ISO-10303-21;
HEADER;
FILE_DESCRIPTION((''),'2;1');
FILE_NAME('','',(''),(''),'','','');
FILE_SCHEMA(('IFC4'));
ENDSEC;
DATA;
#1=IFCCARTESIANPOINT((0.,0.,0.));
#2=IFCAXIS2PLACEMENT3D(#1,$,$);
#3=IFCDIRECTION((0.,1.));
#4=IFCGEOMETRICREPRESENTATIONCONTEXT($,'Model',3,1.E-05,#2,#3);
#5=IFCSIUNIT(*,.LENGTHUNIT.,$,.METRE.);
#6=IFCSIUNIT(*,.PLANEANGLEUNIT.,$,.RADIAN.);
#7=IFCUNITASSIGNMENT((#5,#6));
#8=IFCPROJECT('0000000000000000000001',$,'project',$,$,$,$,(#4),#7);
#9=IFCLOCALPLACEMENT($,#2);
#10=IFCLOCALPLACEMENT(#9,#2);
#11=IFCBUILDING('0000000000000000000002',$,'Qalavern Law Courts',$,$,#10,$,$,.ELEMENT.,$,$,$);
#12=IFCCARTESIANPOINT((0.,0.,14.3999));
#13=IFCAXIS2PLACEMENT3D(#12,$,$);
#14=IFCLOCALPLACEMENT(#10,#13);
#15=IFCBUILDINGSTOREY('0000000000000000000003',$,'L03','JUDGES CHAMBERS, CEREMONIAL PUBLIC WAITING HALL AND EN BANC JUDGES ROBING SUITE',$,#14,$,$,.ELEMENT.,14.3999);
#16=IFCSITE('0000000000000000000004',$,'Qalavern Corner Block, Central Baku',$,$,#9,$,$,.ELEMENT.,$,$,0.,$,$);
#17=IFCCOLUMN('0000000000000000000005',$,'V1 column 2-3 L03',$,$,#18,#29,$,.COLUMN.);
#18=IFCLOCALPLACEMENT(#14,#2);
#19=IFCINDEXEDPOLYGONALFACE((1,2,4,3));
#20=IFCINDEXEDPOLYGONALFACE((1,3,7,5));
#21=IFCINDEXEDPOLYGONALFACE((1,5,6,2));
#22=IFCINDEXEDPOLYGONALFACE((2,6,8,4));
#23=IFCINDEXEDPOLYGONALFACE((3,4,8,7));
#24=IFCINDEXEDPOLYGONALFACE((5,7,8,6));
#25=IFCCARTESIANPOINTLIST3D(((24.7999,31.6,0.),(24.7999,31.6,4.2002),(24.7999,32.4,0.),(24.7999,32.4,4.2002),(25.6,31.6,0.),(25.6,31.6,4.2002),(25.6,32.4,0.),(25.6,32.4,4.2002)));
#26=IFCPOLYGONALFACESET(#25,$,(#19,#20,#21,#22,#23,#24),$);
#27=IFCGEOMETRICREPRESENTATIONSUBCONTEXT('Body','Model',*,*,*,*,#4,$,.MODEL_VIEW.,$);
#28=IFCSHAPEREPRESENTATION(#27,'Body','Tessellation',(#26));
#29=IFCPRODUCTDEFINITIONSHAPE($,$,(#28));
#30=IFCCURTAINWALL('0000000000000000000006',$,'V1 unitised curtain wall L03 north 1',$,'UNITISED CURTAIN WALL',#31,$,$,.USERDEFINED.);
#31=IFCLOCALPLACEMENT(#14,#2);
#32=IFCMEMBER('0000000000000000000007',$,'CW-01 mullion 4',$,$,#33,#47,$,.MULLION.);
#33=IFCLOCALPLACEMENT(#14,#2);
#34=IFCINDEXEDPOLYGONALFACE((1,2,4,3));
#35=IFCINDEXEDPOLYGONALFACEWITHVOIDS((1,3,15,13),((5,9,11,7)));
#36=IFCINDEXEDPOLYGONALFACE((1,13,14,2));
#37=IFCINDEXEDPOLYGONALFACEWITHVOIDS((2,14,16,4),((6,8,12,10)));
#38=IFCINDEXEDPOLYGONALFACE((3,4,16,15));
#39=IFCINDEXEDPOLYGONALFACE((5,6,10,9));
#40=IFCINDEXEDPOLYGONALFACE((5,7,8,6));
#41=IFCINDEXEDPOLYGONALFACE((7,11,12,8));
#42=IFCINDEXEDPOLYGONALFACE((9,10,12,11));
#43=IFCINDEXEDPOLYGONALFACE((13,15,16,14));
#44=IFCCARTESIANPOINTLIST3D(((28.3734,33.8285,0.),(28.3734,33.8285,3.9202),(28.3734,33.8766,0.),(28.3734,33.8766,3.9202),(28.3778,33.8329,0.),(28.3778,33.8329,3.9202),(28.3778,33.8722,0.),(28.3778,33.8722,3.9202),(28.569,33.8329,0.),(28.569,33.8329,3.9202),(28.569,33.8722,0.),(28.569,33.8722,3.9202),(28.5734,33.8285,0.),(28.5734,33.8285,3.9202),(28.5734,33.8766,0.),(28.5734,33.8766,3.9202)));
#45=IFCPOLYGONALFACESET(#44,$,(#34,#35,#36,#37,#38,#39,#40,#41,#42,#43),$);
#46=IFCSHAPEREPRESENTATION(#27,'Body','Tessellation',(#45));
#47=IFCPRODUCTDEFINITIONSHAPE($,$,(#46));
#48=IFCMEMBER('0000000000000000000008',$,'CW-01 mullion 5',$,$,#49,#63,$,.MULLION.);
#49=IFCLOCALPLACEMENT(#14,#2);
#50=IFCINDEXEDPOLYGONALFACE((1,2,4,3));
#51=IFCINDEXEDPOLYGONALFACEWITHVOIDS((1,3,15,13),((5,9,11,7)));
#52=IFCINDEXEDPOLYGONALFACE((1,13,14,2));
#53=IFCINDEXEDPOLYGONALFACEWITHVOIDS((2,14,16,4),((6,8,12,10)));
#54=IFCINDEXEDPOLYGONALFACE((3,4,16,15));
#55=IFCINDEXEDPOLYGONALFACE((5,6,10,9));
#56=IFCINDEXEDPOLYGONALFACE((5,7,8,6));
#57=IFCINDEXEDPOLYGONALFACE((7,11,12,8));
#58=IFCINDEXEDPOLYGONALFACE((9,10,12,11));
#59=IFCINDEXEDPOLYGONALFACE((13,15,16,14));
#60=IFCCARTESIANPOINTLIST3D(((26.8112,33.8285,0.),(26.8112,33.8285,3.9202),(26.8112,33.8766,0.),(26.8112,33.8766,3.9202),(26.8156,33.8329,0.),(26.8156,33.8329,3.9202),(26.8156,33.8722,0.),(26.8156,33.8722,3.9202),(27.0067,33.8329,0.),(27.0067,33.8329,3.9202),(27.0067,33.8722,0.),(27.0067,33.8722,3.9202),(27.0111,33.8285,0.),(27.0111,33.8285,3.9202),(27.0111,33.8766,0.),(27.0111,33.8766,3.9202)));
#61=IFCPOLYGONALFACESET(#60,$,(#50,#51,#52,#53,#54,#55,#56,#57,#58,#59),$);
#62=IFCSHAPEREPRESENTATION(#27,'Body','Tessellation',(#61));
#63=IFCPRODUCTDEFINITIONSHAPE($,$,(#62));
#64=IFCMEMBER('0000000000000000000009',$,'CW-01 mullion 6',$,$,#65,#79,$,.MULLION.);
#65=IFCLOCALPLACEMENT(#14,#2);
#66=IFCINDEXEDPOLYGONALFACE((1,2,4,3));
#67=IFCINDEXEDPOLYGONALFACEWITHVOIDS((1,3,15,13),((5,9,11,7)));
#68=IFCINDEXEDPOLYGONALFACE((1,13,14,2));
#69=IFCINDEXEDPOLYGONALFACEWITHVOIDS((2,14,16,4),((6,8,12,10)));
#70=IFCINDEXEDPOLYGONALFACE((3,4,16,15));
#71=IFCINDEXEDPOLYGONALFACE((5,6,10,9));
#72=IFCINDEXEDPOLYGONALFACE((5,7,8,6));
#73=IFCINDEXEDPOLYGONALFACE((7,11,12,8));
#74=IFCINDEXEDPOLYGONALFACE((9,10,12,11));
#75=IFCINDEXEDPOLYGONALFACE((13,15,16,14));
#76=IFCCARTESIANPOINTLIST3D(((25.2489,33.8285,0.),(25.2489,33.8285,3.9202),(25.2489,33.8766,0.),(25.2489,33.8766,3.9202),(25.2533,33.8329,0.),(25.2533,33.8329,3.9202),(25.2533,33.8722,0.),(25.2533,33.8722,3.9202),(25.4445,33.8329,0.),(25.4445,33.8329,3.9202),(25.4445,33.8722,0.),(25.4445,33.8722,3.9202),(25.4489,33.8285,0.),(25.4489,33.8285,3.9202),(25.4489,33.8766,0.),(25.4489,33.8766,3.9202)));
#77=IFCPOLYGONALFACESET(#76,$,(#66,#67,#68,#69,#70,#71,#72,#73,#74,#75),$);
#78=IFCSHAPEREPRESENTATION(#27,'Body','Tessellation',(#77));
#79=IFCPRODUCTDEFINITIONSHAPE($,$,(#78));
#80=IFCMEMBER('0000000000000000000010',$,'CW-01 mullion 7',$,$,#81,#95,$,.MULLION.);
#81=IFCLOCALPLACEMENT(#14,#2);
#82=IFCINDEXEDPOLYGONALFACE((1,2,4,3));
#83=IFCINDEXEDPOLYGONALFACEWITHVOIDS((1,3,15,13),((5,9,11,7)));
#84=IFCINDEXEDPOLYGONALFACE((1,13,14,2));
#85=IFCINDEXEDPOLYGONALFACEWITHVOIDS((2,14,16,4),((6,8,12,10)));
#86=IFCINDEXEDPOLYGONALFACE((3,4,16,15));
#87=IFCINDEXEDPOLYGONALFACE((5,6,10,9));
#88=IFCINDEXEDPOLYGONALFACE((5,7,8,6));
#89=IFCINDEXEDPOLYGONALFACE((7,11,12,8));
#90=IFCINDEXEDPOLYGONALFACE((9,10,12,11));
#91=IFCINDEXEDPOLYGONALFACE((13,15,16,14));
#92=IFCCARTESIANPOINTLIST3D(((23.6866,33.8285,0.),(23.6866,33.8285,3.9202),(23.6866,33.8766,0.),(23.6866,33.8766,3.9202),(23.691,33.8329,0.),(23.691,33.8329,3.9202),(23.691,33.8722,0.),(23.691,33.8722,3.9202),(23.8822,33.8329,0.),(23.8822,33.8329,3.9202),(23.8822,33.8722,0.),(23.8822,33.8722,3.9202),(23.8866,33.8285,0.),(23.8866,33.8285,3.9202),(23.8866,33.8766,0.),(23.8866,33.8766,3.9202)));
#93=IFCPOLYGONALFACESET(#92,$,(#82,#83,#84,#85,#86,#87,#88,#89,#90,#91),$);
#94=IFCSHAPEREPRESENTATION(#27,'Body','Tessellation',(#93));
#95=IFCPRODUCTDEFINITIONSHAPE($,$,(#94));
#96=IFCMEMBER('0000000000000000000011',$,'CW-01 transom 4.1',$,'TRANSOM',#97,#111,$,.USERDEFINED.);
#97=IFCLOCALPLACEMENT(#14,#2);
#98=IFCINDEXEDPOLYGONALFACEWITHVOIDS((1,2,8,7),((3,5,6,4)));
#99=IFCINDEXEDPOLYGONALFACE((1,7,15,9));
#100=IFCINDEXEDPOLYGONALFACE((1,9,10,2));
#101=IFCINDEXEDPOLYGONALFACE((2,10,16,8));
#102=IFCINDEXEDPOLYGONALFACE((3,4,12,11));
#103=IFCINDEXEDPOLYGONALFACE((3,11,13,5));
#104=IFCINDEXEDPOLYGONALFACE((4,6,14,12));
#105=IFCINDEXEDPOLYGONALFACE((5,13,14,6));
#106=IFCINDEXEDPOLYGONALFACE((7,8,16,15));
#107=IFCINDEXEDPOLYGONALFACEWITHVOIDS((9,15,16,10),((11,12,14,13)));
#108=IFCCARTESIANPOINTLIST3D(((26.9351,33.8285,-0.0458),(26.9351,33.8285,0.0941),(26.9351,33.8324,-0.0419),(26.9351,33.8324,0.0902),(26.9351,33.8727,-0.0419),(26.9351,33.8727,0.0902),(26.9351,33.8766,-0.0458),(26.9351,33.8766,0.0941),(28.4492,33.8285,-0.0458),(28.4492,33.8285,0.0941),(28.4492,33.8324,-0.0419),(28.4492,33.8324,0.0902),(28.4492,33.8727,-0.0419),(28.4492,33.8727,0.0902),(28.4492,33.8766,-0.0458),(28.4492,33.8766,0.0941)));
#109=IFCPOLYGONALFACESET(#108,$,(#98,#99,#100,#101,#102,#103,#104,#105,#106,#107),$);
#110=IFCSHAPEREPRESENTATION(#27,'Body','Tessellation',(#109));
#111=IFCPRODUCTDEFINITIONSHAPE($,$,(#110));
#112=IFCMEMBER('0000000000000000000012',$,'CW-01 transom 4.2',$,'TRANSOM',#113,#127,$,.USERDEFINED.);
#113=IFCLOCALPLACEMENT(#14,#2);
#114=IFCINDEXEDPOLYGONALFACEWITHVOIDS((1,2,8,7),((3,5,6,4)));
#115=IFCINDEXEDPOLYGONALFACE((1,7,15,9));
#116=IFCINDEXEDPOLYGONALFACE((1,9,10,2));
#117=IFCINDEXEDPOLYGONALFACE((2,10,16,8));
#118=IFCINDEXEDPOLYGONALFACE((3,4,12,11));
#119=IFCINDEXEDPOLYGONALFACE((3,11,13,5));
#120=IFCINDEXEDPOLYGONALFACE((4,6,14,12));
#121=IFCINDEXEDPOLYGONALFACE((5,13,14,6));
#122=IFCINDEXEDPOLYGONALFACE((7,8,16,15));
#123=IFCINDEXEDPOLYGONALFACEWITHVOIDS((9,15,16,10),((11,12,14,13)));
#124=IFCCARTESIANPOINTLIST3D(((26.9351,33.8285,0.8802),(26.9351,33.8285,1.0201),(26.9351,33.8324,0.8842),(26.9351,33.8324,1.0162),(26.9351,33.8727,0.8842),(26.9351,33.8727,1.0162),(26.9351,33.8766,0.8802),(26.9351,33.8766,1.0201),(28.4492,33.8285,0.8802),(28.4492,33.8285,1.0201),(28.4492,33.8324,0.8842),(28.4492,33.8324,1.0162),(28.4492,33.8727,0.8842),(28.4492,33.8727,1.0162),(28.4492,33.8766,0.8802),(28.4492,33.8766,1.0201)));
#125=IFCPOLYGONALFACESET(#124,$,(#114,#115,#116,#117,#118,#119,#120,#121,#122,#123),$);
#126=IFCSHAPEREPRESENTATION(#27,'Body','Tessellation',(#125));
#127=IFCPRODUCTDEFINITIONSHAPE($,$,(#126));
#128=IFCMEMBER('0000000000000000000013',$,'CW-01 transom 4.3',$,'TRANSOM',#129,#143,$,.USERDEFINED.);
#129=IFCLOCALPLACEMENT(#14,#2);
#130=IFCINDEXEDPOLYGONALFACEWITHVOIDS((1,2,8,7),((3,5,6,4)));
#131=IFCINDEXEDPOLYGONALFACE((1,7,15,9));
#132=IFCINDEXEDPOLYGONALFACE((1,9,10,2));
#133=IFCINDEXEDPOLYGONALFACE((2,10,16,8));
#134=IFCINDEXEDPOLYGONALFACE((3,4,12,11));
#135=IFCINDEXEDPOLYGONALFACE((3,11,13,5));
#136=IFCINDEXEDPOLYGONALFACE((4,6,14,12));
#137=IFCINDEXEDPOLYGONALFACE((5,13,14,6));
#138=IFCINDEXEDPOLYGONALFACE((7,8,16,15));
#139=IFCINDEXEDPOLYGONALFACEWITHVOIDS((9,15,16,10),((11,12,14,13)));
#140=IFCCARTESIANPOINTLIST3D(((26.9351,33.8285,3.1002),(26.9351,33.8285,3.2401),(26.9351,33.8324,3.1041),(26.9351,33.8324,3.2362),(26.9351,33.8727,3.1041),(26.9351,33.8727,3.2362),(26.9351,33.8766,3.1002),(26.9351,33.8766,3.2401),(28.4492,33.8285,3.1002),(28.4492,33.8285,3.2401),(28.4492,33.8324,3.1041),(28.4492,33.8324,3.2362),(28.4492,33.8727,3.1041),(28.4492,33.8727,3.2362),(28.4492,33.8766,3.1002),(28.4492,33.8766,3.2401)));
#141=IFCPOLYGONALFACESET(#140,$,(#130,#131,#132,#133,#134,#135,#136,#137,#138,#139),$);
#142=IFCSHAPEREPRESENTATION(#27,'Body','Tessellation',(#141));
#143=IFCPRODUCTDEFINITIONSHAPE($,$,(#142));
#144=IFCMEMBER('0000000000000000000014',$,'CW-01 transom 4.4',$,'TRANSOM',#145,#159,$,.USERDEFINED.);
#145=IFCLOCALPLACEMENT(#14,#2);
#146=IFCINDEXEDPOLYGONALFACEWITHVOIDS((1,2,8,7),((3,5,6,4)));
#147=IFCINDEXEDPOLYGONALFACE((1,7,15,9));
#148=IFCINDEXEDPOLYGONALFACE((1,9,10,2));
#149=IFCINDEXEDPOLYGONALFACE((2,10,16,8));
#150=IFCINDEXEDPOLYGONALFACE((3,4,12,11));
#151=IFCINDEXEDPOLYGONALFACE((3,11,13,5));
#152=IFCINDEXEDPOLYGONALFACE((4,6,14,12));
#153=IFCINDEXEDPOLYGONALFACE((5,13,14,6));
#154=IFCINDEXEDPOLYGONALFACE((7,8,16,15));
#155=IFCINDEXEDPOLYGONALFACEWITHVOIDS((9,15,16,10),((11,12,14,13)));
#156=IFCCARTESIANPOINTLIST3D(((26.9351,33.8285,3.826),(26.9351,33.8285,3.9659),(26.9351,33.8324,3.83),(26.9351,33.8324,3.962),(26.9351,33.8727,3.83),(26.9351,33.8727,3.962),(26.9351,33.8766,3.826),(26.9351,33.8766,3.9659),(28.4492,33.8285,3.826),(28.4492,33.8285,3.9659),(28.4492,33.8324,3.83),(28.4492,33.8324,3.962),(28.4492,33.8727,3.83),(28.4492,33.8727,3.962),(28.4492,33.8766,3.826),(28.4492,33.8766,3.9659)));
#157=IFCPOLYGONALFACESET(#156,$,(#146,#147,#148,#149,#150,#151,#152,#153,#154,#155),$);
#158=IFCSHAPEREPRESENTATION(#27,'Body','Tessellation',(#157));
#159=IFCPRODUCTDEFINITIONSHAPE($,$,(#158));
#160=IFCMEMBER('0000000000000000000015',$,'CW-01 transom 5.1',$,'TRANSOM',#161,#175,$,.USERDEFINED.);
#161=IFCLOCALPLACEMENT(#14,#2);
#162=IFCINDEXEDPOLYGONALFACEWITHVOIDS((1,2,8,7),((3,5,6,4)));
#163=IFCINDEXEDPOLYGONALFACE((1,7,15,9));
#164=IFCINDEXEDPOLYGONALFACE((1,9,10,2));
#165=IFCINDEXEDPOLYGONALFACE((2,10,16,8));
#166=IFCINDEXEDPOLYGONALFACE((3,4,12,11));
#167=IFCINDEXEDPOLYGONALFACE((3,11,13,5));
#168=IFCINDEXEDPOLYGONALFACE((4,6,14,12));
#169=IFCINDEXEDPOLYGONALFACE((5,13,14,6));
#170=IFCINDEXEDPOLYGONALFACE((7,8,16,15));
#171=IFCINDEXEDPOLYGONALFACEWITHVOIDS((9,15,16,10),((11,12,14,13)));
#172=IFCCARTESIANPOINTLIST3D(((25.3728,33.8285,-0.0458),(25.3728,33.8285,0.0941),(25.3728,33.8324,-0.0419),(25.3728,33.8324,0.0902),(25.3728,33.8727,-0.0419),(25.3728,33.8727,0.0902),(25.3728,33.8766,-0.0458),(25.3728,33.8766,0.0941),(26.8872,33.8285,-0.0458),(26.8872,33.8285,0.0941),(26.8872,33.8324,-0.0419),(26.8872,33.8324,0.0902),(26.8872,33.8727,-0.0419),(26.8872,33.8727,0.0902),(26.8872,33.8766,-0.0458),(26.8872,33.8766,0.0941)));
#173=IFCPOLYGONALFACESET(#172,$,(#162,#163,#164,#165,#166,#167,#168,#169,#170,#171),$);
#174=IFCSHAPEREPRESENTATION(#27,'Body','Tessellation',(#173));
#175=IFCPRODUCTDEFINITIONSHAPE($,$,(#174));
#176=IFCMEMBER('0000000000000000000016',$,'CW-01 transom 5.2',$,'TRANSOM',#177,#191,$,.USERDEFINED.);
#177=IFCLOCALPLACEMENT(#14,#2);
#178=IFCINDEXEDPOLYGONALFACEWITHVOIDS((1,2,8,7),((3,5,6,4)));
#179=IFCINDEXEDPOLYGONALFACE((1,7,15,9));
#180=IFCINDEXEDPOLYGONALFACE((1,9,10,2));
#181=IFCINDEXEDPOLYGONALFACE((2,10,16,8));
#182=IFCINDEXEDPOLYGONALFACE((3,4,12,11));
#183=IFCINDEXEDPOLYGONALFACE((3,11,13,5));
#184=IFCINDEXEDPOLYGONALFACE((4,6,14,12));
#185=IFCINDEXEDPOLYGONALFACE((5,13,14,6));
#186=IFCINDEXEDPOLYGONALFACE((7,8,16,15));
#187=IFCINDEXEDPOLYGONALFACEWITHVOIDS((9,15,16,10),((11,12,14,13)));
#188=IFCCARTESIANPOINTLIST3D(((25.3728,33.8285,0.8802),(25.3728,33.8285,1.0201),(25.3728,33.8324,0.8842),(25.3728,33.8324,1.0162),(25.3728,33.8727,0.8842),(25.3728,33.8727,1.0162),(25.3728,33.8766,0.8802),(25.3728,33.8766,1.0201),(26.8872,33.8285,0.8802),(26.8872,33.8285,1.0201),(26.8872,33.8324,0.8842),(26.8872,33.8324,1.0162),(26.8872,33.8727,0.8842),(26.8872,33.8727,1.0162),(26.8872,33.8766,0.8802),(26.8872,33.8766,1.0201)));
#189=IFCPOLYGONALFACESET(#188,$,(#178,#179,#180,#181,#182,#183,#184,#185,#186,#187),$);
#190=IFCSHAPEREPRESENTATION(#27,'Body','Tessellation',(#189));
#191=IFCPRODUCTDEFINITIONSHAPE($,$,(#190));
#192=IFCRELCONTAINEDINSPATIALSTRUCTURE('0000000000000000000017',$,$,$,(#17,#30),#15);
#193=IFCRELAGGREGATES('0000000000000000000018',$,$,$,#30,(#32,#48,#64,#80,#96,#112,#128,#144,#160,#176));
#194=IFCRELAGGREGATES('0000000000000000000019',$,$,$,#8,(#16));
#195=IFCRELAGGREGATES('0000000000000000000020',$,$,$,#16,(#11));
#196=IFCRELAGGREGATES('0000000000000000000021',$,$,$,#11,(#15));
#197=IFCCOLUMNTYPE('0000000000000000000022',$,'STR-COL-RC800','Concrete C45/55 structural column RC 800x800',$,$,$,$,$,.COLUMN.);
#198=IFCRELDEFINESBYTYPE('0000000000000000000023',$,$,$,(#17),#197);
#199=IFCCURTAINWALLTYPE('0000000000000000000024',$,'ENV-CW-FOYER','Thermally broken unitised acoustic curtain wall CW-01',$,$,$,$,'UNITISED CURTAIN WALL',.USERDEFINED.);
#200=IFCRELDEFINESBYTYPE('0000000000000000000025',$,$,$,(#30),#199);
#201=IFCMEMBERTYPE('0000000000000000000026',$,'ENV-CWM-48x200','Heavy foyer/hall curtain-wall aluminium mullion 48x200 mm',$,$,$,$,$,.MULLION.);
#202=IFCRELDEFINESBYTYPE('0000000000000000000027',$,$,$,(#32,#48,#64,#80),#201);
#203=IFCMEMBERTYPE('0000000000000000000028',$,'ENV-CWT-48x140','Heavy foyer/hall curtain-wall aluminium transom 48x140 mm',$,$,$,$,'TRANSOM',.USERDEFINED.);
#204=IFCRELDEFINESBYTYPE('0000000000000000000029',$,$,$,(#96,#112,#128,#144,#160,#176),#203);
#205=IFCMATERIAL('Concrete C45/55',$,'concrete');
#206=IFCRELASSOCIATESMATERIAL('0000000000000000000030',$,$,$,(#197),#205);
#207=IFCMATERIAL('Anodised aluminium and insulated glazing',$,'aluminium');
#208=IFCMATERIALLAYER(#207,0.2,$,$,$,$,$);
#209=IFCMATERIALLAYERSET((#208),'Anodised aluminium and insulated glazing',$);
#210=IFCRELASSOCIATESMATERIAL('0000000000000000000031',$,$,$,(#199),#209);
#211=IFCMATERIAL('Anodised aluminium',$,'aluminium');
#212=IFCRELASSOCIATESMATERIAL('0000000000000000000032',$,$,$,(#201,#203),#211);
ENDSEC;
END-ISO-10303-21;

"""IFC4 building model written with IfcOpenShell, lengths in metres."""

from ifc_helpers import new_model, si_unit, direction, frame, origin, origin_2d, place, context, subcontext, project, spatial, rectangle, hollow_rectangle, extrude, material, layer, layer_set, material_profile, profile_set, type_object, element, aggregate, save


model = new_model("IFC4")

# Units and contexts
model_context = context("Model", 3, precision=1e-05, world=origin(), true_north=direction((0.0, 1.0)))
body_context = subcontext(model_context, "Body", "Model", "MODEL_VIEW")
ifc_project = project(units=[si_unit("LENGTHUNIT", "METRE"), si_unit("PLANEANGLEUNIT", "RADIAN")], contexts=[model_context])

# Site, building, storey
site_placement = place(None, origin())
site = spatial("IfcSite", under=ifc_project, at=site_placement, Name="Qalavern Corner Block, Central Baku", CompositionType="ELEMENT", RefElevation=0.0)
building_placement = place(site_placement, origin())
building = spatial("IfcBuilding", under=site, at=building_placement, Name="Qalavern Law Courts", CompositionType="ELEMENT")
storey_placement = place(building_placement, frame((0.0, 0.0, 14.3999)))
storey = spatial("IfcBuildingStorey", under=building, at=storey_placement, Name="L03", Description="JUDGES CHAMBERS, CEREMONIAL PUBLIC WAITING HALL AND EN BANC JUDGES ROBING SUITE", CompositionType="ELEMENT", Elevation=14.3999)

# Column
ifc_material_1 = material(Name="Concrete C45/55", Category="concrete")
ifc_material_profile_1 = material_profile(ifc_material_1, rectangle(XDim=0.8, YDim=0.8, at=origin_2d()), Name="RC 800x800")
ifc_profile_set_1 = profile_set([ifc_material_profile_1], Name="Concrete C45/55")
column_type = type_object("IfcColumnType", Name="STR-COL-RC800", Description="Concrete C45/55 structural column RC 800x800", PredefinedType="COLUMN", material=ifc_profile_set_1)
column_placement = place(storey_placement, frame((25.2, 32.0, 0.0), z_axis=(0.0, 0.0, 1.0), x_axis=(1.0, 0.0, 0.0)))
element("IfcColumn", 1, at=column_placement, inside=storey, type_object=column_type, Name="V1 column 2-3 L03", PredefinedType="COLUMN", context=body_context, shape_type="SweptSolid", body=[
    extrude(rectangle(XDim=0.8, YDim=0.8, at=origin_2d()), origin(), (0.0, 0.0, 1.0), 4.2002),
])

# Curtain wall, members
ifc_material_2 = material(Name="Anodised aluminium and insulated glazing", Category="aluminium")
ifc_layer_1 = layer(ifc_material_2, 0.2)
ifc_layer_set_1 = layer_set([ifc_layer_1], Name="Anodised aluminium and insulated glazing")
curtain_wall_type = type_object("IfcCurtainWallType", Name="ENV-CW-FOYER", Description="Thermally broken unitised acoustic curtain wall CW-01", ElementType="UNITISED CURTAIN WALL", PredefinedType="USERDEFINED", material=ifc_layer_set_1)
curtain_wall_placement = place(storey_placement, origin())
curtain_wall = element("IfcCurtainWall", 2, at=curtain_wall_placement, inside=storey, type_object=curtain_wall_type, Name="V1 unitised curtain wall L03 north 1", ObjectType="UNITISED CURTAIN WALL", PredefinedType="USERDEFINED")
ifc_material_3 = material(Name="Anodised aluminium", Category="aluminium")
ifc_material_profile_2 = material_profile(ifc_material_3, hollow_rectangle(XDim=0.0481, YDim=0.2, WallThickness=0.0044, at=origin_2d()), Name="ALU MULLION 48x200")
ifc_profile_set_2 = profile_set([ifc_material_profile_2], Name="Anodised aluminium")
member_type_1 = type_object("IfcMemberType", Name="ENV-CWM-48x200", Description="Heavy foyer/hall curtain-wall aluminium mullion 48x200 mm", PredefinedType="MULLION", material=ifc_profile_set_2)
member_1_placement = place(storey_placement, frame((28.4734, 33.8525, 0.0), z_axis=(0.0, 0.0, 1.0), x_axis=(0.0, -1.0, 0.0)))
member_1 = element("IfcMember", 3, at=member_1_placement, type_object=member_type_1, Name="CW-01 mullion 4", PredefinedType="MULLION", context=body_context, shape_type="SweptSolid", body=[
    extrude(hollow_rectangle(XDim=0.0481, YDim=0.2, WallThickness=0.0044, at=origin_2d()), origin(), (0.0, 0.0, 1.0), 3.9202),
])
member_2_placement = place(storey_placement, frame((26.9111, 33.8525, 0.0), z_axis=(0.0, 0.0, 1.0), x_axis=(0.0, -1.0, 0.0)))
member_2 = element("IfcMember", 4, at=member_2_placement, type_object=member_type_1, Name="CW-01 mullion 5", PredefinedType="MULLION", context=body_context, shape_type="SweptSolid", body=[
    extrude(hollow_rectangle(XDim=0.0481, YDim=0.2, WallThickness=0.0044, at=origin_2d()), origin(), (0.0, 0.0, 1.0), 3.9202),
])
member_3_placement = place(storey_placement, frame((25.3489, 33.8525, 0.0), z_axis=(0.0, 0.0, 1.0), x_axis=(0.0, -1.0, 0.0)))
member_3 = element("IfcMember", 5, at=member_3_placement, type_object=member_type_1, Name="CW-01 mullion 6", PredefinedType="MULLION", context=body_context, shape_type="SweptSolid", body=[
    extrude(hollow_rectangle(XDim=0.0481, YDim=0.2, WallThickness=0.0044, at=origin_2d()), origin(), (0.0, 0.0, 1.0), 3.9202),
])
member_4_placement = place(storey_placement, frame((23.7866, 33.8525, 0.0), z_axis=(0.0, 0.0, 1.0), x_axis=(0.0, -1.0, 0.0)))
member_4 = element("IfcMember", 6, at=member_4_placement, type_object=member_type_1, Name="CW-01 mullion 7", PredefinedType="MULLION", context=body_context, shape_type="SweptSolid", body=[
    extrude(hollow_rectangle(XDim=0.0481, YDim=0.2, WallThickness=0.0044, at=origin_2d()), origin(), (0.0, 0.0, 1.0), 3.9202),
])
ifc_material_profile_3 = material_profile(ifc_material_3, hollow_rectangle(XDim=0.0481, YDim=0.1399, WallThickness=0.0039, at=origin_2d()), Name="ALU TRANSOM 48x140")
ifc_profile_set_3 = profile_set([ifc_material_profile_3], Name="Anodised aluminium")
member_type_2 = type_object("IfcMemberType", Name="ENV-CWT-48x140", Description="Heavy foyer/hall curtain-wall aluminium transom 48x140 mm", ElementType="TRANSOM", PredefinedType="USERDEFINED", material=ifc_profile_set_3)
member_5_placement = place(storey_placement, frame((28.4492, 33.8525, 0.0242), z_axis=(-1.0, 0.0, 0.0), x_axis=(0.0, -1.0, 0.0)))
member_5 = element("IfcMember", 7, at=member_5_placement, type_object=member_type_2, Name="CW-01 transom 4.1", ObjectType="TRANSOM", PredefinedType="USERDEFINED", context=body_context, shape_type="SweptSolid", body=[
    extrude(hollow_rectangle(XDim=0.0481, YDim=0.1399, WallThickness=0.0039, at=origin_2d()), origin(), (0.0, 0.0, 1.0), 1.5142),
])
member_6_placement = place(storey_placement, frame((28.4492, 33.8525, 0.9502), z_axis=(-1.0, 0.0, 0.0), x_axis=(0.0, -1.0, 0.0)))
member_6 = element("IfcMember", 8, at=member_6_placement, type_object=member_type_2, Name="CW-01 transom 4.2", ObjectType="TRANSOM", PredefinedType="USERDEFINED", context=body_context, shape_type="SweptSolid", body=[
    extrude(hollow_rectangle(XDim=0.0481, YDim=0.1399, WallThickness=0.0039, at=origin_2d()), origin(), (0.0, 0.0, 1.0), 1.5142),
])
member_7_placement = place(storey_placement, frame((28.4492, 33.8525, 3.1702), z_axis=(-1.0, 0.0, 0.0), x_axis=(0.0, -1.0, 0.0)))
member_7 = element("IfcMember", 9, at=member_7_placement, type_object=member_type_2, Name="CW-01 transom 4.3", ObjectType="TRANSOM", PredefinedType="USERDEFINED", context=body_context, shape_type="SweptSolid", body=[
    extrude(hollow_rectangle(XDim=0.0481, YDim=0.1399, WallThickness=0.0039, at=origin_2d()), origin(), (0.0, 0.0, 1.0), 1.5142),
])
member_8_placement = place(storey_placement, frame((28.4492, 33.8525, 3.896), z_axis=(-1.0, 0.0, 0.0), x_axis=(0.0, -1.0, 0.0)))
member_8 = element("IfcMember", 10, at=member_8_placement, type_object=member_type_2, Name="CW-01 transom 4.4", ObjectType="TRANSOM", PredefinedType="USERDEFINED", context=body_context, shape_type="SweptSolid", body=[
    extrude(hollow_rectangle(XDim=0.0481, YDim=0.1399, WallThickness=0.0039, at=origin_2d()), origin(), (0.0, 0.0, 1.0), 1.5142),
])
member_9_placement = place(storey_placement, frame((26.8872, 33.8525, 0.0242), z_axis=(-1.0, 0.0, 0.0), x_axis=(0.0, -1.0, 0.0)))
member_9 = element("IfcMember", 11, at=member_9_placement, type_object=member_type_2, Name="CW-01 transom 5.1", ObjectType="TRANSOM", PredefinedType="USERDEFINED", context=body_context, shape_type="SweptSolid", body=[
    extrude(hollow_rectangle(XDim=0.0481, YDim=0.1399, WallThickness=0.0039, at=origin_2d()), origin(), (0.0, 0.0, 1.0), 1.5144),
])
member_10_placement = place(storey_placement, frame((26.8872, 33.8525, 0.9502), z_axis=(-1.0, 0.0, 0.0), x_axis=(0.0, -1.0, 0.0)))
member_10 = element("IfcMember", 12, at=member_10_placement, type_object=member_type_2, Name="CW-01 transom 5.2", ObjectType="TRANSOM", PredefinedType="USERDEFINED", context=body_context, shape_type="SweptSolid", body=[
    extrude(hollow_rectangle(XDim=0.0481, YDim=0.1399, WallThickness=0.0039, at=origin_2d()), origin(), (0.0, 0.0, 1.0), 1.5144),
])

aggregate(curtain_wall, [member_1, member_2, member_3, member_4, member_5, member_6, member_7, member_8, member_9, member_10])

save(model, "model.ifc")
